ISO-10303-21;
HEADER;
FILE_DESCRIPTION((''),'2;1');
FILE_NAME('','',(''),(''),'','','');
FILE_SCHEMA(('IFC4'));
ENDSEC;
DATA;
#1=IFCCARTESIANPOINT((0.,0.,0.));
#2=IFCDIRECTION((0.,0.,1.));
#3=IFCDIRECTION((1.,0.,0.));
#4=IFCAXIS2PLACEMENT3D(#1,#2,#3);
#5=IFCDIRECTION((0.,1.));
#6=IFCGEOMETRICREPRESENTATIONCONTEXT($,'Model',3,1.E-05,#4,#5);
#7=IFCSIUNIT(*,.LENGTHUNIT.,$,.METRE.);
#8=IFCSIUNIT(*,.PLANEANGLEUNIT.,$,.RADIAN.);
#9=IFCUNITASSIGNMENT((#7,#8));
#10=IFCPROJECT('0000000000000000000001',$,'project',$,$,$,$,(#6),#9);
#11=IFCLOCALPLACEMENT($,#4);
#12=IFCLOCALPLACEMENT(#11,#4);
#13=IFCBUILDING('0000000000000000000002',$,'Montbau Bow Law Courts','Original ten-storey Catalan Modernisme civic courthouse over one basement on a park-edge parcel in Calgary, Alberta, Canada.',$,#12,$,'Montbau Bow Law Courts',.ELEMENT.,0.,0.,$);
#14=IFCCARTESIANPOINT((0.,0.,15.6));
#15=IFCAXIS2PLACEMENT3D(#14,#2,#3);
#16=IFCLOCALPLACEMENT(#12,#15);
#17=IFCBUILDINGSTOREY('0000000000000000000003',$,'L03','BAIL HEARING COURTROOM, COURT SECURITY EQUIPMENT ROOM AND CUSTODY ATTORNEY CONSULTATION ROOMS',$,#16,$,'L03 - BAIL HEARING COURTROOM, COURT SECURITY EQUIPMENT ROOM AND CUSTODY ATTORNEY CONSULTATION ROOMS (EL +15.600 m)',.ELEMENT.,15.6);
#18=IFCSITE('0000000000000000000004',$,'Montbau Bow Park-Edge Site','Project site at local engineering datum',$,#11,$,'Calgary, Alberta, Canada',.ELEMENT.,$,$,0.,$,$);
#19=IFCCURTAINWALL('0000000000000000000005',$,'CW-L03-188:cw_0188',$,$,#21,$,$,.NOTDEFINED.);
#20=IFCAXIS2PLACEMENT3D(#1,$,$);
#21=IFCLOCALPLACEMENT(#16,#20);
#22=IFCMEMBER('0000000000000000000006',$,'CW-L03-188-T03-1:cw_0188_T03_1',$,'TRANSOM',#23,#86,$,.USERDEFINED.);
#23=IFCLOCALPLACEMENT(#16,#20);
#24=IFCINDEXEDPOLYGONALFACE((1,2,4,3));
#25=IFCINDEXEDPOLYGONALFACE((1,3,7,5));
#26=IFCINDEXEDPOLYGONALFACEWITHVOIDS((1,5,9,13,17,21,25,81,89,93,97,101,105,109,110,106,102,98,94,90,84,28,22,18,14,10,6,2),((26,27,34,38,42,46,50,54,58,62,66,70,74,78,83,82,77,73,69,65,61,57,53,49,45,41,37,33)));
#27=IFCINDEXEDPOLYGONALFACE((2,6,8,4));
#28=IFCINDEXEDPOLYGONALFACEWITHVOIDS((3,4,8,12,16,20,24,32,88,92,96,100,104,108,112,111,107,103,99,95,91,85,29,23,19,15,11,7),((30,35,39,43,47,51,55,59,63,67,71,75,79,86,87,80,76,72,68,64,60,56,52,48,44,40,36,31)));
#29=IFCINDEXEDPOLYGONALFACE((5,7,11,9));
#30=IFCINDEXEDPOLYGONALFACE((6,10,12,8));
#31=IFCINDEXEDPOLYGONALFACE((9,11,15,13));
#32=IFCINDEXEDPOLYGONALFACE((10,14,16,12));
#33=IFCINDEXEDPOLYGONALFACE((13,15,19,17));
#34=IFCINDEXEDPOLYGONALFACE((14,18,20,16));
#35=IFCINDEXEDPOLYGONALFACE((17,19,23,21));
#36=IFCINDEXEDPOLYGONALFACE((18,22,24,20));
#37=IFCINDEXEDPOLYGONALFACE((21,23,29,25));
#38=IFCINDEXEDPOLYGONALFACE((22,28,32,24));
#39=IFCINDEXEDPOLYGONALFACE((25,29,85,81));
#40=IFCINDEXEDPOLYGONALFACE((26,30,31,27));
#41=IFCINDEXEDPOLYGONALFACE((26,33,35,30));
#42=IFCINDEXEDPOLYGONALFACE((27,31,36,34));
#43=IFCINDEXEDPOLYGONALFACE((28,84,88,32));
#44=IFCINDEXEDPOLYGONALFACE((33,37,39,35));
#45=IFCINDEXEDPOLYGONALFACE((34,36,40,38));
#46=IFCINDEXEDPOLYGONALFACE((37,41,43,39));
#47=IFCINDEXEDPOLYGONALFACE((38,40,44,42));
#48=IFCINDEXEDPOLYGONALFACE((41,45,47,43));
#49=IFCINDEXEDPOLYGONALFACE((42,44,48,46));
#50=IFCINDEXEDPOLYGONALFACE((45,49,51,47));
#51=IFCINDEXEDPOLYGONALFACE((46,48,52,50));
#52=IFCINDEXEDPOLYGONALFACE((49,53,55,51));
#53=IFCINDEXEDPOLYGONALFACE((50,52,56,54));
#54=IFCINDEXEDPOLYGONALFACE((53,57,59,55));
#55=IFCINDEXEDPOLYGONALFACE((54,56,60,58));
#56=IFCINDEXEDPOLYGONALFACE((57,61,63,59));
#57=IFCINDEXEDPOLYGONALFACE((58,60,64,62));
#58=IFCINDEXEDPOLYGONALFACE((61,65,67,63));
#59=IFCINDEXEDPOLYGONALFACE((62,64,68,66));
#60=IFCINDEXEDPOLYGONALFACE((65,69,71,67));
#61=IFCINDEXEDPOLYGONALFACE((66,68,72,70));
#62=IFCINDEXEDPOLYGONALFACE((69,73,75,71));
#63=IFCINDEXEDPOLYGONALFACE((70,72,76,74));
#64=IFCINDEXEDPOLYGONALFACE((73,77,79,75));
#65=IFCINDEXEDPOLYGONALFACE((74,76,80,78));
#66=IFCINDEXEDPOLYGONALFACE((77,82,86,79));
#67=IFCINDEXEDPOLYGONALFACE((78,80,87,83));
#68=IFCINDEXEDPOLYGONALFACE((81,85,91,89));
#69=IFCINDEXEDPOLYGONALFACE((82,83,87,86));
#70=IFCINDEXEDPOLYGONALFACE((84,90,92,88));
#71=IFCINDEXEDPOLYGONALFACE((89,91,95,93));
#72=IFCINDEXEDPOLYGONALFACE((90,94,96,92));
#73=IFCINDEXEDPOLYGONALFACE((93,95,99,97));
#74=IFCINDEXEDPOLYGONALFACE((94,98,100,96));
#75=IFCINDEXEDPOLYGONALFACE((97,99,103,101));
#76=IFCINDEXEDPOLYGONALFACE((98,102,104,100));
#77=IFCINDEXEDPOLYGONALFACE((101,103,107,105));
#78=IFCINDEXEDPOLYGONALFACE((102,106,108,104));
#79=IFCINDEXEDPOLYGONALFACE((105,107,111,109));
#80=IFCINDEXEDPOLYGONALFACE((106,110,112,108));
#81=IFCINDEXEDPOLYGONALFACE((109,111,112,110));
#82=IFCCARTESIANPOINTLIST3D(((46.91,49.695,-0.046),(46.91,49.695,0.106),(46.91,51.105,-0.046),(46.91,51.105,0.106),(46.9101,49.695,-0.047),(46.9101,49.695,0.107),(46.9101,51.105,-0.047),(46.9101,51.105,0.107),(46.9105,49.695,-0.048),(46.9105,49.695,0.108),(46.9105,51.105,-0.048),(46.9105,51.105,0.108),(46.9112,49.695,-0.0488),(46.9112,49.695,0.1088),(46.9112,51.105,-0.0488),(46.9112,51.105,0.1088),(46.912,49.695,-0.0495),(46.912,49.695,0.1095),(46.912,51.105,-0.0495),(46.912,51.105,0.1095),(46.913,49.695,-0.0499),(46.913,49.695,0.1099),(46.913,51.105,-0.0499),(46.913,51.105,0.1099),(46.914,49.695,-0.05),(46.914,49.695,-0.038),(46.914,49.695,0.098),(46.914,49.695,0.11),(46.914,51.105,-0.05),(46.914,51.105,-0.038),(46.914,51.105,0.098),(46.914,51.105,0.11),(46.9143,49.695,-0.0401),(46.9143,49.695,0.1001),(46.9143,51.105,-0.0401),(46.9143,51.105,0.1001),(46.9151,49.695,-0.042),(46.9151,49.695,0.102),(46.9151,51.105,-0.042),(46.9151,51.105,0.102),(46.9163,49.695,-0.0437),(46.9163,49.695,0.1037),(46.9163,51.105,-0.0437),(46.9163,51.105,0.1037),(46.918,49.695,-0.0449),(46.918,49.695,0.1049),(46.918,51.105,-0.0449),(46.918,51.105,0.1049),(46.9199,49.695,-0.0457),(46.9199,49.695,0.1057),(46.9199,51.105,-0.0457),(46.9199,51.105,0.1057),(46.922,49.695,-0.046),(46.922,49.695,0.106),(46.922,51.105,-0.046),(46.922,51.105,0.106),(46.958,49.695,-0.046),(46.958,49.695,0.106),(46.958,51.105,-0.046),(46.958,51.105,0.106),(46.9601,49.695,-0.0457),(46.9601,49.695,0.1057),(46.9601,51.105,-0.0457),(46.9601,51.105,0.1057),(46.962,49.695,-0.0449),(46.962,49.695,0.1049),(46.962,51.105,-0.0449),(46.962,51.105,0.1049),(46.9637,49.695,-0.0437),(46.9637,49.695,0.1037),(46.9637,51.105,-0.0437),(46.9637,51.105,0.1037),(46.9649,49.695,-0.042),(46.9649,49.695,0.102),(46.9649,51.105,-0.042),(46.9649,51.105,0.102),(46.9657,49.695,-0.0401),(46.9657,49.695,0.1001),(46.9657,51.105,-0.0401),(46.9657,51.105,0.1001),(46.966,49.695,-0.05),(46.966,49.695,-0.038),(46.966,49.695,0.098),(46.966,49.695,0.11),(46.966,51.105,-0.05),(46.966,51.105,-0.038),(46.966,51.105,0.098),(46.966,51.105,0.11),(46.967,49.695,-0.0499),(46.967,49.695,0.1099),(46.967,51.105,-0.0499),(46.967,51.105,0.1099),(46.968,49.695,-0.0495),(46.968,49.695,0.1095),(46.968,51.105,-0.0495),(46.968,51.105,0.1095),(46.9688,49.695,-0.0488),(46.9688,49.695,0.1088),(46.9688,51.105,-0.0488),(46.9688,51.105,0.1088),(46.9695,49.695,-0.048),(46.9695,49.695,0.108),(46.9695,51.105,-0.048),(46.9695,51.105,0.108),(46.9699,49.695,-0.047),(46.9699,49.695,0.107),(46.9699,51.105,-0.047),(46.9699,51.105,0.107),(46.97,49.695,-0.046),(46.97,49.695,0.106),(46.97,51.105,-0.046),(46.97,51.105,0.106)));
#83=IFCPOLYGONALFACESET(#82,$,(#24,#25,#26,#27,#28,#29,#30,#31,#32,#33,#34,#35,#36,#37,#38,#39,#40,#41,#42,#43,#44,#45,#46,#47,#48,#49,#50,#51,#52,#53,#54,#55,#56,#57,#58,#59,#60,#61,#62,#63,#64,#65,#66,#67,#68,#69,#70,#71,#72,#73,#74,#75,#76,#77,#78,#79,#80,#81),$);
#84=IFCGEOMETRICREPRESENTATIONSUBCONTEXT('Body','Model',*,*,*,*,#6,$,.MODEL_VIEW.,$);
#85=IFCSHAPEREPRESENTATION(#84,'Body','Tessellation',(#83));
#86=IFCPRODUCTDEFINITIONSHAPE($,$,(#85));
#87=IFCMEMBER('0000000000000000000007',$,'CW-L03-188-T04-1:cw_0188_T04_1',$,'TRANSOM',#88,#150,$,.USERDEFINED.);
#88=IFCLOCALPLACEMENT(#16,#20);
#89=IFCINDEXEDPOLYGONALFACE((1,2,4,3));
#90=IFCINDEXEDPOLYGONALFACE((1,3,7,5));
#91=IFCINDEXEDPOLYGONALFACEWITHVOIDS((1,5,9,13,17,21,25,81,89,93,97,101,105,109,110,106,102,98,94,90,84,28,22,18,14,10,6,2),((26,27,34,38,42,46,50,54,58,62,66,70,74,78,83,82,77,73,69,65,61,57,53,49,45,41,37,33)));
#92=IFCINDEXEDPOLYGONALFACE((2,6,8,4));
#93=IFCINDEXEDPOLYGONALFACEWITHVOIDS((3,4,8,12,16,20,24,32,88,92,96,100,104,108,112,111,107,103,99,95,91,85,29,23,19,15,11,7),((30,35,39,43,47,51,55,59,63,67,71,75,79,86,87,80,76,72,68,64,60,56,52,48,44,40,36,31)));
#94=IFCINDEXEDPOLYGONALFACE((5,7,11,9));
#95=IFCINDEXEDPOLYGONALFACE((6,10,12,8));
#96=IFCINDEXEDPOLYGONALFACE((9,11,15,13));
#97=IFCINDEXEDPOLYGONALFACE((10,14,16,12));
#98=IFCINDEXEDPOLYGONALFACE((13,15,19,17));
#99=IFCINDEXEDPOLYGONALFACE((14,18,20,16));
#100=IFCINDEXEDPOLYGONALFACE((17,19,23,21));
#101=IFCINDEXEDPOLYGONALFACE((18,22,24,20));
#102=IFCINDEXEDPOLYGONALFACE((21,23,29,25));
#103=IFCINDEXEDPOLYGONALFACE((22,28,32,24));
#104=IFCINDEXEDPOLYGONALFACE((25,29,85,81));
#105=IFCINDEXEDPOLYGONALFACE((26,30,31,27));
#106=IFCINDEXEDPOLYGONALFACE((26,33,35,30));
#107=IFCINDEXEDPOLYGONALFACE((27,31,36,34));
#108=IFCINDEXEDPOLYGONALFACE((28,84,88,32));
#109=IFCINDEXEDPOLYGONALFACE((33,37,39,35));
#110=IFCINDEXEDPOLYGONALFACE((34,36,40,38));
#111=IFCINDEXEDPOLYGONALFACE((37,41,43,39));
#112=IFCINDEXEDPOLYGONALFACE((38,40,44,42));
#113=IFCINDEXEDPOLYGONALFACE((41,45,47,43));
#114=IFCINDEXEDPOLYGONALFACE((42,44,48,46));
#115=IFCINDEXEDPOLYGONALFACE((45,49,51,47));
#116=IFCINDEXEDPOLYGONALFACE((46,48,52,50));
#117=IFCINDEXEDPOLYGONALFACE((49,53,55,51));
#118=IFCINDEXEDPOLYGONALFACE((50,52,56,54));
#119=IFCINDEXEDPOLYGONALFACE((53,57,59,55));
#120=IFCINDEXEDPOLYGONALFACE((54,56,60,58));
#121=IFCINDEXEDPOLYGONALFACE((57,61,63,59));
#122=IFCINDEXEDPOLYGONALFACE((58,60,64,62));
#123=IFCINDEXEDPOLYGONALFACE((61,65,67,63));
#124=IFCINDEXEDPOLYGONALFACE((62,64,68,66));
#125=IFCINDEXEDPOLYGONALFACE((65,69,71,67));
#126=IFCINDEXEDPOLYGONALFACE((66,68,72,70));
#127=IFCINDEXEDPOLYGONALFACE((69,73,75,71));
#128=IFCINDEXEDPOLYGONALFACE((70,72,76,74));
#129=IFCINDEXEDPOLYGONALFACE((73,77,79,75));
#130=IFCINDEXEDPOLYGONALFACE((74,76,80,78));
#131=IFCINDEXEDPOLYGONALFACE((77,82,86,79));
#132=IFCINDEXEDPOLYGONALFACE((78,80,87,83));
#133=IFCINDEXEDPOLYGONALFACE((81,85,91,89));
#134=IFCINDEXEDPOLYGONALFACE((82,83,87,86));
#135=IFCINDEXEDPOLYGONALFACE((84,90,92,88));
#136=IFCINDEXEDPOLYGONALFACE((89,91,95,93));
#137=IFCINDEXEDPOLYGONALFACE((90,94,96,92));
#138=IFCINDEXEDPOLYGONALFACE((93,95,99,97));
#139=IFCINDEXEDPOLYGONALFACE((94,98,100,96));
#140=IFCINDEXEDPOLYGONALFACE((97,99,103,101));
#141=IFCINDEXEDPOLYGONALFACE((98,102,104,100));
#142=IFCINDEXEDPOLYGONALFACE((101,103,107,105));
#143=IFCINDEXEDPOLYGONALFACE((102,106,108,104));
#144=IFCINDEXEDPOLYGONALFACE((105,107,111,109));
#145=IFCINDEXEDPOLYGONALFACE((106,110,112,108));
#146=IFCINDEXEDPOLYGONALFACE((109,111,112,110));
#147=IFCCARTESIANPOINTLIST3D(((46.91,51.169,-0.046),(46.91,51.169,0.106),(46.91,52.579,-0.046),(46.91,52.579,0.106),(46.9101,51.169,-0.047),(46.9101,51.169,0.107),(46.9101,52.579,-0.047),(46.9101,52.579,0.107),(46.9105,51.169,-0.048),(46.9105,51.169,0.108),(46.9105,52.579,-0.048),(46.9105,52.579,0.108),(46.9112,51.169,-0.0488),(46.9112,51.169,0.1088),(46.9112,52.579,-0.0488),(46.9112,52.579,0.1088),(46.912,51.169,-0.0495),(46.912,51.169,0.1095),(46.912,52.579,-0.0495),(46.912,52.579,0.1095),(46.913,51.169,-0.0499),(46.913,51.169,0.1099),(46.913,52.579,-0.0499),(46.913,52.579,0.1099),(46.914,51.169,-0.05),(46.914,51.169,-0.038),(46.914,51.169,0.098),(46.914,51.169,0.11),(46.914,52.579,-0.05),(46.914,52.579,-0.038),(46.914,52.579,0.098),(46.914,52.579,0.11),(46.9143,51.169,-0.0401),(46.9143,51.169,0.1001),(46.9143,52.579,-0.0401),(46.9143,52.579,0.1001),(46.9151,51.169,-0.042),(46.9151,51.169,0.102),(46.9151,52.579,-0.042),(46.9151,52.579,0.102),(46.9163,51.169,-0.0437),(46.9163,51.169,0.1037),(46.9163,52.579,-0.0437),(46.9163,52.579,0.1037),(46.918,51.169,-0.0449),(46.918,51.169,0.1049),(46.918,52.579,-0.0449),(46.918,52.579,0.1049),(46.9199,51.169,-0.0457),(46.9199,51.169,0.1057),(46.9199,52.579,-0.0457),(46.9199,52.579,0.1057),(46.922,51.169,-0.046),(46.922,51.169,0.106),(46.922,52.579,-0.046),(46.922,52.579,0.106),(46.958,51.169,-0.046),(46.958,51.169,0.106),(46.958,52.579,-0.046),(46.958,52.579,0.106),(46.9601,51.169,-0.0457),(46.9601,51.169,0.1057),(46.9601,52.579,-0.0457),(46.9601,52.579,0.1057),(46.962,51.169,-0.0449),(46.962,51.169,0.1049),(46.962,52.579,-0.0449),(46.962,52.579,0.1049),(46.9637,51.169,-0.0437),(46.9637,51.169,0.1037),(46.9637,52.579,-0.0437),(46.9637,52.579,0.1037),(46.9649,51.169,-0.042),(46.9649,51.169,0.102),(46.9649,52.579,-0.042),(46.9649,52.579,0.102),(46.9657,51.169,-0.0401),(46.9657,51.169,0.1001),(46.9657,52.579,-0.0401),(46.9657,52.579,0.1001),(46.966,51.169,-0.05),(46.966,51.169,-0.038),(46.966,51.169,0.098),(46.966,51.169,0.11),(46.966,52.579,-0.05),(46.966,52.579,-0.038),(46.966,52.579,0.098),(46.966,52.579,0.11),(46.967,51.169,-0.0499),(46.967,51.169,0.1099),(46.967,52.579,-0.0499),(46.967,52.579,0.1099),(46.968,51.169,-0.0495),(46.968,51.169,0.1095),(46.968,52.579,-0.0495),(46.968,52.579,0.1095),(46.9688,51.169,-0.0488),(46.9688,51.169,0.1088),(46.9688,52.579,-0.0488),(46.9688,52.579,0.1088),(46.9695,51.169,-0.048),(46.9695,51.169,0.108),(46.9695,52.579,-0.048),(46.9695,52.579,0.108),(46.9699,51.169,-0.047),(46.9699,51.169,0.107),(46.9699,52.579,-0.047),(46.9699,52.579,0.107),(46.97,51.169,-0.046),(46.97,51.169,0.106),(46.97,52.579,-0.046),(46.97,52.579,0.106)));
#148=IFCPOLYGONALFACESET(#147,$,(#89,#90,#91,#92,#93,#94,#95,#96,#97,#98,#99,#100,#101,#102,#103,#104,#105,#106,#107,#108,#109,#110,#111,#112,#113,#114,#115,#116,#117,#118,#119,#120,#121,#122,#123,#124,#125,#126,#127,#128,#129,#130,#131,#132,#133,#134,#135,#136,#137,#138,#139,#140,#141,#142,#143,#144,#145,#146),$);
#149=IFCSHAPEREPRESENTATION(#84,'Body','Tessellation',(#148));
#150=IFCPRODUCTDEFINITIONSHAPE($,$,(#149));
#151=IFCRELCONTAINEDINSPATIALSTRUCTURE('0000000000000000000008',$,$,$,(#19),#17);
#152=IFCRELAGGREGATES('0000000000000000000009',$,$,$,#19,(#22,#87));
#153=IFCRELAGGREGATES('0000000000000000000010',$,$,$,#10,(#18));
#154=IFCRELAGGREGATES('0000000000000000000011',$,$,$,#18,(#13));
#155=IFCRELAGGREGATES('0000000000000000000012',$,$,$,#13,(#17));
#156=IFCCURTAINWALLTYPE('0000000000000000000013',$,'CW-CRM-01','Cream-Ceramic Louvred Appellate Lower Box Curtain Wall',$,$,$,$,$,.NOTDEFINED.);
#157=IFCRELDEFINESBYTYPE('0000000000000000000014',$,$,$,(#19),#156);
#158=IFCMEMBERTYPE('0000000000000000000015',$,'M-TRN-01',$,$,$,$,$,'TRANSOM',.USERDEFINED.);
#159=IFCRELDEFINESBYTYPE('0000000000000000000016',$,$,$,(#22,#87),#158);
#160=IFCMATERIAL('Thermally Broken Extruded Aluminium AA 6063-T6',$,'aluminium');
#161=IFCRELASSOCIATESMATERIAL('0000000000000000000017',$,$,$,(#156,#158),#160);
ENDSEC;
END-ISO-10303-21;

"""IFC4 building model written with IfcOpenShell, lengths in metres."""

from ifc_helpers import new_model, si_unit, direction, frame, origin_with_axes, origin_2d_with_axis, place, context, subcontext, project, spatial, hollow_rectangle, extrude, material, material_profile, profile_set, type_object, element, aggregate, save


model = new_model("IFC4")

# Units and contexts
model_context = context("Model", 3, precision=1e-05, world=origin_with_axes(), true_north=direction((0.0, 1.0)))
body_context = subcontext(model_context, "Body", "Model", "MODEL_VIEW")
ifc_project = project(units=[si_unit("LENGTHUNIT", "METRE"), si_unit("PLANEANGLEUNIT", "RADIAN")], contexts=[model_context])

# Site, building, storey
site_placement = place(None, origin_with_axes())
site = spatial("IfcSite", under=ifc_project, at=site_placement, Name="Montbau Bow Park-Edge Site", Description="Project site at local engineering datum", LongName="Calgary, Alberta, Canada", CompositionType="ELEMENT", RefElevation=0.0)
building_placement = place(site_placement, origin_with_axes())
building = spatial("IfcBuilding", under=site, at=building_placement, Name="Montbau Bow Law Courts", Description="Original ten-storey Catalan Modernisme civic courthouse over one basement on a park-edge parcel in Calgary, Alberta, Canada.", LongName="Montbau Bow Law Courts", CompositionType="ELEMENT", ElevationOfRefHeight=0.0, ElevationOfTerrain=0.0)
storey_placement = place(building_placement, frame((0.0, 0.0, 15.6), z_axis=(0.0, 0.0, 1.0), x_axis=(1.0, 0.0, 0.0)))
storey = spatial("IfcBuildingStorey", under=building, at=storey_placement, Name="L03", Description="BAIL HEARING COURTROOM, COURT SECURITY EQUIPMENT ROOM AND CUSTODY ATTORNEY CONSULTATION ROOMS", LongName="L03 - BAIL HEARING COURTROOM, COURT SECURITY EQUIPMENT ROOM AND CUSTODY ATTORNEY CONSULTATION ROOMS (EL +15.600 m)", CompositionType="ELEMENT", Elevation=15.6)

# Curtain wall, members
ifc_material_1 = material(Name="Thermally Broken Extruded Aluminium AA 6063-T6", Category="aluminium")
curtain_wall_type_1 = type_object("IfcCurtainWallType", Name="CW-CRM-01", Description="Cream-Ceramic Louvred Appellate Lower Box Curtain Wall", PredefinedType="NOTDEFINED", material=ifc_material_1)
curtain_wall_1_placement = place(None, frame((46.94, 46.715, 15.6), z_axis=(0.0, 0.0, 1.0), x_axis=(1.0, 0.0, 0.0)))
curtain_wall_1 = element("IfcCurtainWall", 1, at=curtain_wall_1_placement, inside=storey, type_object=curtain_wall_type_1, Name="CW-L03-188:cw_0188", PredefinedType="NOTDEFINED")
ifc_material_profile_1 = material_profile(ifc_material_1, hollow_rectangle(XDim=0.06, YDim=0.16, WallThickness=0.004, InnerFilletRadius=0.008, OuterFilletRadius=0.004, at=origin_2d_with_axis()), Name="CWT-160X60", Category="Main", Priority=0)
ifc_profile_set_1 = profile_set([ifc_material_profile_1], Name="Thermally Broken Extruded Aluminium AA 6063-T6")
member_type_1 = type_object("IfcMemberType", Name="M-TRN-01", ElementType="TRANSOM", PredefinedType="USERDEFINED", material=ifc_profile_set_1)
member_1_placement = place(None, frame((46.94, 49.695, 15.63), z_axis=(0.0, 1.0, 0.0), x_axis=(-1.0, 0.0, 0.0)))
member_1 = element("IfcMember", 2, at=member_1_placement, type_object=member_type_1, Name="CW-L03-188-T03-1:cw_0188_T03_1", ObjectType="TRANSOM", PredefinedType="USERDEFINED", context=body_context, shape_type="SweptSolid", body=[
    extrude(hollow_rectangle(XDim=0.06, YDim=0.16, WallThickness=0.004, InnerFilletRadius=0.008, OuterFilletRadius=0.004, at=origin_2d_with_axis()), origin_with_axes(), (0.0, 0.0, 1.0), 1.41),
])
member_2_placement = place(None, frame((46.94, 51.169, 15.63), z_axis=(0.0, 1.0, 0.0), x_axis=(-1.0, 0.0, 0.0)))
member_2 = element("IfcMember", 3, at=member_2_placement, type_object=member_type_1, Name="CW-L03-188-T04-1:cw_0188_T04_1", ObjectType="TRANSOM", PredefinedType="USERDEFINED", context=body_context, shape_type="SweptSolid", body=[
    extrude(hollow_rectangle(XDim=0.06, YDim=0.16, WallThickness=0.004, InnerFilletRadius=0.008, OuterFilletRadius=0.004, at=origin_2d_with_axis()), origin_with_axes(), (0.0, 0.0, 1.0), 1.41),
])

aggregate(curtain_wall_1, [member_1, member_2])

save(model, "model.ifc")
